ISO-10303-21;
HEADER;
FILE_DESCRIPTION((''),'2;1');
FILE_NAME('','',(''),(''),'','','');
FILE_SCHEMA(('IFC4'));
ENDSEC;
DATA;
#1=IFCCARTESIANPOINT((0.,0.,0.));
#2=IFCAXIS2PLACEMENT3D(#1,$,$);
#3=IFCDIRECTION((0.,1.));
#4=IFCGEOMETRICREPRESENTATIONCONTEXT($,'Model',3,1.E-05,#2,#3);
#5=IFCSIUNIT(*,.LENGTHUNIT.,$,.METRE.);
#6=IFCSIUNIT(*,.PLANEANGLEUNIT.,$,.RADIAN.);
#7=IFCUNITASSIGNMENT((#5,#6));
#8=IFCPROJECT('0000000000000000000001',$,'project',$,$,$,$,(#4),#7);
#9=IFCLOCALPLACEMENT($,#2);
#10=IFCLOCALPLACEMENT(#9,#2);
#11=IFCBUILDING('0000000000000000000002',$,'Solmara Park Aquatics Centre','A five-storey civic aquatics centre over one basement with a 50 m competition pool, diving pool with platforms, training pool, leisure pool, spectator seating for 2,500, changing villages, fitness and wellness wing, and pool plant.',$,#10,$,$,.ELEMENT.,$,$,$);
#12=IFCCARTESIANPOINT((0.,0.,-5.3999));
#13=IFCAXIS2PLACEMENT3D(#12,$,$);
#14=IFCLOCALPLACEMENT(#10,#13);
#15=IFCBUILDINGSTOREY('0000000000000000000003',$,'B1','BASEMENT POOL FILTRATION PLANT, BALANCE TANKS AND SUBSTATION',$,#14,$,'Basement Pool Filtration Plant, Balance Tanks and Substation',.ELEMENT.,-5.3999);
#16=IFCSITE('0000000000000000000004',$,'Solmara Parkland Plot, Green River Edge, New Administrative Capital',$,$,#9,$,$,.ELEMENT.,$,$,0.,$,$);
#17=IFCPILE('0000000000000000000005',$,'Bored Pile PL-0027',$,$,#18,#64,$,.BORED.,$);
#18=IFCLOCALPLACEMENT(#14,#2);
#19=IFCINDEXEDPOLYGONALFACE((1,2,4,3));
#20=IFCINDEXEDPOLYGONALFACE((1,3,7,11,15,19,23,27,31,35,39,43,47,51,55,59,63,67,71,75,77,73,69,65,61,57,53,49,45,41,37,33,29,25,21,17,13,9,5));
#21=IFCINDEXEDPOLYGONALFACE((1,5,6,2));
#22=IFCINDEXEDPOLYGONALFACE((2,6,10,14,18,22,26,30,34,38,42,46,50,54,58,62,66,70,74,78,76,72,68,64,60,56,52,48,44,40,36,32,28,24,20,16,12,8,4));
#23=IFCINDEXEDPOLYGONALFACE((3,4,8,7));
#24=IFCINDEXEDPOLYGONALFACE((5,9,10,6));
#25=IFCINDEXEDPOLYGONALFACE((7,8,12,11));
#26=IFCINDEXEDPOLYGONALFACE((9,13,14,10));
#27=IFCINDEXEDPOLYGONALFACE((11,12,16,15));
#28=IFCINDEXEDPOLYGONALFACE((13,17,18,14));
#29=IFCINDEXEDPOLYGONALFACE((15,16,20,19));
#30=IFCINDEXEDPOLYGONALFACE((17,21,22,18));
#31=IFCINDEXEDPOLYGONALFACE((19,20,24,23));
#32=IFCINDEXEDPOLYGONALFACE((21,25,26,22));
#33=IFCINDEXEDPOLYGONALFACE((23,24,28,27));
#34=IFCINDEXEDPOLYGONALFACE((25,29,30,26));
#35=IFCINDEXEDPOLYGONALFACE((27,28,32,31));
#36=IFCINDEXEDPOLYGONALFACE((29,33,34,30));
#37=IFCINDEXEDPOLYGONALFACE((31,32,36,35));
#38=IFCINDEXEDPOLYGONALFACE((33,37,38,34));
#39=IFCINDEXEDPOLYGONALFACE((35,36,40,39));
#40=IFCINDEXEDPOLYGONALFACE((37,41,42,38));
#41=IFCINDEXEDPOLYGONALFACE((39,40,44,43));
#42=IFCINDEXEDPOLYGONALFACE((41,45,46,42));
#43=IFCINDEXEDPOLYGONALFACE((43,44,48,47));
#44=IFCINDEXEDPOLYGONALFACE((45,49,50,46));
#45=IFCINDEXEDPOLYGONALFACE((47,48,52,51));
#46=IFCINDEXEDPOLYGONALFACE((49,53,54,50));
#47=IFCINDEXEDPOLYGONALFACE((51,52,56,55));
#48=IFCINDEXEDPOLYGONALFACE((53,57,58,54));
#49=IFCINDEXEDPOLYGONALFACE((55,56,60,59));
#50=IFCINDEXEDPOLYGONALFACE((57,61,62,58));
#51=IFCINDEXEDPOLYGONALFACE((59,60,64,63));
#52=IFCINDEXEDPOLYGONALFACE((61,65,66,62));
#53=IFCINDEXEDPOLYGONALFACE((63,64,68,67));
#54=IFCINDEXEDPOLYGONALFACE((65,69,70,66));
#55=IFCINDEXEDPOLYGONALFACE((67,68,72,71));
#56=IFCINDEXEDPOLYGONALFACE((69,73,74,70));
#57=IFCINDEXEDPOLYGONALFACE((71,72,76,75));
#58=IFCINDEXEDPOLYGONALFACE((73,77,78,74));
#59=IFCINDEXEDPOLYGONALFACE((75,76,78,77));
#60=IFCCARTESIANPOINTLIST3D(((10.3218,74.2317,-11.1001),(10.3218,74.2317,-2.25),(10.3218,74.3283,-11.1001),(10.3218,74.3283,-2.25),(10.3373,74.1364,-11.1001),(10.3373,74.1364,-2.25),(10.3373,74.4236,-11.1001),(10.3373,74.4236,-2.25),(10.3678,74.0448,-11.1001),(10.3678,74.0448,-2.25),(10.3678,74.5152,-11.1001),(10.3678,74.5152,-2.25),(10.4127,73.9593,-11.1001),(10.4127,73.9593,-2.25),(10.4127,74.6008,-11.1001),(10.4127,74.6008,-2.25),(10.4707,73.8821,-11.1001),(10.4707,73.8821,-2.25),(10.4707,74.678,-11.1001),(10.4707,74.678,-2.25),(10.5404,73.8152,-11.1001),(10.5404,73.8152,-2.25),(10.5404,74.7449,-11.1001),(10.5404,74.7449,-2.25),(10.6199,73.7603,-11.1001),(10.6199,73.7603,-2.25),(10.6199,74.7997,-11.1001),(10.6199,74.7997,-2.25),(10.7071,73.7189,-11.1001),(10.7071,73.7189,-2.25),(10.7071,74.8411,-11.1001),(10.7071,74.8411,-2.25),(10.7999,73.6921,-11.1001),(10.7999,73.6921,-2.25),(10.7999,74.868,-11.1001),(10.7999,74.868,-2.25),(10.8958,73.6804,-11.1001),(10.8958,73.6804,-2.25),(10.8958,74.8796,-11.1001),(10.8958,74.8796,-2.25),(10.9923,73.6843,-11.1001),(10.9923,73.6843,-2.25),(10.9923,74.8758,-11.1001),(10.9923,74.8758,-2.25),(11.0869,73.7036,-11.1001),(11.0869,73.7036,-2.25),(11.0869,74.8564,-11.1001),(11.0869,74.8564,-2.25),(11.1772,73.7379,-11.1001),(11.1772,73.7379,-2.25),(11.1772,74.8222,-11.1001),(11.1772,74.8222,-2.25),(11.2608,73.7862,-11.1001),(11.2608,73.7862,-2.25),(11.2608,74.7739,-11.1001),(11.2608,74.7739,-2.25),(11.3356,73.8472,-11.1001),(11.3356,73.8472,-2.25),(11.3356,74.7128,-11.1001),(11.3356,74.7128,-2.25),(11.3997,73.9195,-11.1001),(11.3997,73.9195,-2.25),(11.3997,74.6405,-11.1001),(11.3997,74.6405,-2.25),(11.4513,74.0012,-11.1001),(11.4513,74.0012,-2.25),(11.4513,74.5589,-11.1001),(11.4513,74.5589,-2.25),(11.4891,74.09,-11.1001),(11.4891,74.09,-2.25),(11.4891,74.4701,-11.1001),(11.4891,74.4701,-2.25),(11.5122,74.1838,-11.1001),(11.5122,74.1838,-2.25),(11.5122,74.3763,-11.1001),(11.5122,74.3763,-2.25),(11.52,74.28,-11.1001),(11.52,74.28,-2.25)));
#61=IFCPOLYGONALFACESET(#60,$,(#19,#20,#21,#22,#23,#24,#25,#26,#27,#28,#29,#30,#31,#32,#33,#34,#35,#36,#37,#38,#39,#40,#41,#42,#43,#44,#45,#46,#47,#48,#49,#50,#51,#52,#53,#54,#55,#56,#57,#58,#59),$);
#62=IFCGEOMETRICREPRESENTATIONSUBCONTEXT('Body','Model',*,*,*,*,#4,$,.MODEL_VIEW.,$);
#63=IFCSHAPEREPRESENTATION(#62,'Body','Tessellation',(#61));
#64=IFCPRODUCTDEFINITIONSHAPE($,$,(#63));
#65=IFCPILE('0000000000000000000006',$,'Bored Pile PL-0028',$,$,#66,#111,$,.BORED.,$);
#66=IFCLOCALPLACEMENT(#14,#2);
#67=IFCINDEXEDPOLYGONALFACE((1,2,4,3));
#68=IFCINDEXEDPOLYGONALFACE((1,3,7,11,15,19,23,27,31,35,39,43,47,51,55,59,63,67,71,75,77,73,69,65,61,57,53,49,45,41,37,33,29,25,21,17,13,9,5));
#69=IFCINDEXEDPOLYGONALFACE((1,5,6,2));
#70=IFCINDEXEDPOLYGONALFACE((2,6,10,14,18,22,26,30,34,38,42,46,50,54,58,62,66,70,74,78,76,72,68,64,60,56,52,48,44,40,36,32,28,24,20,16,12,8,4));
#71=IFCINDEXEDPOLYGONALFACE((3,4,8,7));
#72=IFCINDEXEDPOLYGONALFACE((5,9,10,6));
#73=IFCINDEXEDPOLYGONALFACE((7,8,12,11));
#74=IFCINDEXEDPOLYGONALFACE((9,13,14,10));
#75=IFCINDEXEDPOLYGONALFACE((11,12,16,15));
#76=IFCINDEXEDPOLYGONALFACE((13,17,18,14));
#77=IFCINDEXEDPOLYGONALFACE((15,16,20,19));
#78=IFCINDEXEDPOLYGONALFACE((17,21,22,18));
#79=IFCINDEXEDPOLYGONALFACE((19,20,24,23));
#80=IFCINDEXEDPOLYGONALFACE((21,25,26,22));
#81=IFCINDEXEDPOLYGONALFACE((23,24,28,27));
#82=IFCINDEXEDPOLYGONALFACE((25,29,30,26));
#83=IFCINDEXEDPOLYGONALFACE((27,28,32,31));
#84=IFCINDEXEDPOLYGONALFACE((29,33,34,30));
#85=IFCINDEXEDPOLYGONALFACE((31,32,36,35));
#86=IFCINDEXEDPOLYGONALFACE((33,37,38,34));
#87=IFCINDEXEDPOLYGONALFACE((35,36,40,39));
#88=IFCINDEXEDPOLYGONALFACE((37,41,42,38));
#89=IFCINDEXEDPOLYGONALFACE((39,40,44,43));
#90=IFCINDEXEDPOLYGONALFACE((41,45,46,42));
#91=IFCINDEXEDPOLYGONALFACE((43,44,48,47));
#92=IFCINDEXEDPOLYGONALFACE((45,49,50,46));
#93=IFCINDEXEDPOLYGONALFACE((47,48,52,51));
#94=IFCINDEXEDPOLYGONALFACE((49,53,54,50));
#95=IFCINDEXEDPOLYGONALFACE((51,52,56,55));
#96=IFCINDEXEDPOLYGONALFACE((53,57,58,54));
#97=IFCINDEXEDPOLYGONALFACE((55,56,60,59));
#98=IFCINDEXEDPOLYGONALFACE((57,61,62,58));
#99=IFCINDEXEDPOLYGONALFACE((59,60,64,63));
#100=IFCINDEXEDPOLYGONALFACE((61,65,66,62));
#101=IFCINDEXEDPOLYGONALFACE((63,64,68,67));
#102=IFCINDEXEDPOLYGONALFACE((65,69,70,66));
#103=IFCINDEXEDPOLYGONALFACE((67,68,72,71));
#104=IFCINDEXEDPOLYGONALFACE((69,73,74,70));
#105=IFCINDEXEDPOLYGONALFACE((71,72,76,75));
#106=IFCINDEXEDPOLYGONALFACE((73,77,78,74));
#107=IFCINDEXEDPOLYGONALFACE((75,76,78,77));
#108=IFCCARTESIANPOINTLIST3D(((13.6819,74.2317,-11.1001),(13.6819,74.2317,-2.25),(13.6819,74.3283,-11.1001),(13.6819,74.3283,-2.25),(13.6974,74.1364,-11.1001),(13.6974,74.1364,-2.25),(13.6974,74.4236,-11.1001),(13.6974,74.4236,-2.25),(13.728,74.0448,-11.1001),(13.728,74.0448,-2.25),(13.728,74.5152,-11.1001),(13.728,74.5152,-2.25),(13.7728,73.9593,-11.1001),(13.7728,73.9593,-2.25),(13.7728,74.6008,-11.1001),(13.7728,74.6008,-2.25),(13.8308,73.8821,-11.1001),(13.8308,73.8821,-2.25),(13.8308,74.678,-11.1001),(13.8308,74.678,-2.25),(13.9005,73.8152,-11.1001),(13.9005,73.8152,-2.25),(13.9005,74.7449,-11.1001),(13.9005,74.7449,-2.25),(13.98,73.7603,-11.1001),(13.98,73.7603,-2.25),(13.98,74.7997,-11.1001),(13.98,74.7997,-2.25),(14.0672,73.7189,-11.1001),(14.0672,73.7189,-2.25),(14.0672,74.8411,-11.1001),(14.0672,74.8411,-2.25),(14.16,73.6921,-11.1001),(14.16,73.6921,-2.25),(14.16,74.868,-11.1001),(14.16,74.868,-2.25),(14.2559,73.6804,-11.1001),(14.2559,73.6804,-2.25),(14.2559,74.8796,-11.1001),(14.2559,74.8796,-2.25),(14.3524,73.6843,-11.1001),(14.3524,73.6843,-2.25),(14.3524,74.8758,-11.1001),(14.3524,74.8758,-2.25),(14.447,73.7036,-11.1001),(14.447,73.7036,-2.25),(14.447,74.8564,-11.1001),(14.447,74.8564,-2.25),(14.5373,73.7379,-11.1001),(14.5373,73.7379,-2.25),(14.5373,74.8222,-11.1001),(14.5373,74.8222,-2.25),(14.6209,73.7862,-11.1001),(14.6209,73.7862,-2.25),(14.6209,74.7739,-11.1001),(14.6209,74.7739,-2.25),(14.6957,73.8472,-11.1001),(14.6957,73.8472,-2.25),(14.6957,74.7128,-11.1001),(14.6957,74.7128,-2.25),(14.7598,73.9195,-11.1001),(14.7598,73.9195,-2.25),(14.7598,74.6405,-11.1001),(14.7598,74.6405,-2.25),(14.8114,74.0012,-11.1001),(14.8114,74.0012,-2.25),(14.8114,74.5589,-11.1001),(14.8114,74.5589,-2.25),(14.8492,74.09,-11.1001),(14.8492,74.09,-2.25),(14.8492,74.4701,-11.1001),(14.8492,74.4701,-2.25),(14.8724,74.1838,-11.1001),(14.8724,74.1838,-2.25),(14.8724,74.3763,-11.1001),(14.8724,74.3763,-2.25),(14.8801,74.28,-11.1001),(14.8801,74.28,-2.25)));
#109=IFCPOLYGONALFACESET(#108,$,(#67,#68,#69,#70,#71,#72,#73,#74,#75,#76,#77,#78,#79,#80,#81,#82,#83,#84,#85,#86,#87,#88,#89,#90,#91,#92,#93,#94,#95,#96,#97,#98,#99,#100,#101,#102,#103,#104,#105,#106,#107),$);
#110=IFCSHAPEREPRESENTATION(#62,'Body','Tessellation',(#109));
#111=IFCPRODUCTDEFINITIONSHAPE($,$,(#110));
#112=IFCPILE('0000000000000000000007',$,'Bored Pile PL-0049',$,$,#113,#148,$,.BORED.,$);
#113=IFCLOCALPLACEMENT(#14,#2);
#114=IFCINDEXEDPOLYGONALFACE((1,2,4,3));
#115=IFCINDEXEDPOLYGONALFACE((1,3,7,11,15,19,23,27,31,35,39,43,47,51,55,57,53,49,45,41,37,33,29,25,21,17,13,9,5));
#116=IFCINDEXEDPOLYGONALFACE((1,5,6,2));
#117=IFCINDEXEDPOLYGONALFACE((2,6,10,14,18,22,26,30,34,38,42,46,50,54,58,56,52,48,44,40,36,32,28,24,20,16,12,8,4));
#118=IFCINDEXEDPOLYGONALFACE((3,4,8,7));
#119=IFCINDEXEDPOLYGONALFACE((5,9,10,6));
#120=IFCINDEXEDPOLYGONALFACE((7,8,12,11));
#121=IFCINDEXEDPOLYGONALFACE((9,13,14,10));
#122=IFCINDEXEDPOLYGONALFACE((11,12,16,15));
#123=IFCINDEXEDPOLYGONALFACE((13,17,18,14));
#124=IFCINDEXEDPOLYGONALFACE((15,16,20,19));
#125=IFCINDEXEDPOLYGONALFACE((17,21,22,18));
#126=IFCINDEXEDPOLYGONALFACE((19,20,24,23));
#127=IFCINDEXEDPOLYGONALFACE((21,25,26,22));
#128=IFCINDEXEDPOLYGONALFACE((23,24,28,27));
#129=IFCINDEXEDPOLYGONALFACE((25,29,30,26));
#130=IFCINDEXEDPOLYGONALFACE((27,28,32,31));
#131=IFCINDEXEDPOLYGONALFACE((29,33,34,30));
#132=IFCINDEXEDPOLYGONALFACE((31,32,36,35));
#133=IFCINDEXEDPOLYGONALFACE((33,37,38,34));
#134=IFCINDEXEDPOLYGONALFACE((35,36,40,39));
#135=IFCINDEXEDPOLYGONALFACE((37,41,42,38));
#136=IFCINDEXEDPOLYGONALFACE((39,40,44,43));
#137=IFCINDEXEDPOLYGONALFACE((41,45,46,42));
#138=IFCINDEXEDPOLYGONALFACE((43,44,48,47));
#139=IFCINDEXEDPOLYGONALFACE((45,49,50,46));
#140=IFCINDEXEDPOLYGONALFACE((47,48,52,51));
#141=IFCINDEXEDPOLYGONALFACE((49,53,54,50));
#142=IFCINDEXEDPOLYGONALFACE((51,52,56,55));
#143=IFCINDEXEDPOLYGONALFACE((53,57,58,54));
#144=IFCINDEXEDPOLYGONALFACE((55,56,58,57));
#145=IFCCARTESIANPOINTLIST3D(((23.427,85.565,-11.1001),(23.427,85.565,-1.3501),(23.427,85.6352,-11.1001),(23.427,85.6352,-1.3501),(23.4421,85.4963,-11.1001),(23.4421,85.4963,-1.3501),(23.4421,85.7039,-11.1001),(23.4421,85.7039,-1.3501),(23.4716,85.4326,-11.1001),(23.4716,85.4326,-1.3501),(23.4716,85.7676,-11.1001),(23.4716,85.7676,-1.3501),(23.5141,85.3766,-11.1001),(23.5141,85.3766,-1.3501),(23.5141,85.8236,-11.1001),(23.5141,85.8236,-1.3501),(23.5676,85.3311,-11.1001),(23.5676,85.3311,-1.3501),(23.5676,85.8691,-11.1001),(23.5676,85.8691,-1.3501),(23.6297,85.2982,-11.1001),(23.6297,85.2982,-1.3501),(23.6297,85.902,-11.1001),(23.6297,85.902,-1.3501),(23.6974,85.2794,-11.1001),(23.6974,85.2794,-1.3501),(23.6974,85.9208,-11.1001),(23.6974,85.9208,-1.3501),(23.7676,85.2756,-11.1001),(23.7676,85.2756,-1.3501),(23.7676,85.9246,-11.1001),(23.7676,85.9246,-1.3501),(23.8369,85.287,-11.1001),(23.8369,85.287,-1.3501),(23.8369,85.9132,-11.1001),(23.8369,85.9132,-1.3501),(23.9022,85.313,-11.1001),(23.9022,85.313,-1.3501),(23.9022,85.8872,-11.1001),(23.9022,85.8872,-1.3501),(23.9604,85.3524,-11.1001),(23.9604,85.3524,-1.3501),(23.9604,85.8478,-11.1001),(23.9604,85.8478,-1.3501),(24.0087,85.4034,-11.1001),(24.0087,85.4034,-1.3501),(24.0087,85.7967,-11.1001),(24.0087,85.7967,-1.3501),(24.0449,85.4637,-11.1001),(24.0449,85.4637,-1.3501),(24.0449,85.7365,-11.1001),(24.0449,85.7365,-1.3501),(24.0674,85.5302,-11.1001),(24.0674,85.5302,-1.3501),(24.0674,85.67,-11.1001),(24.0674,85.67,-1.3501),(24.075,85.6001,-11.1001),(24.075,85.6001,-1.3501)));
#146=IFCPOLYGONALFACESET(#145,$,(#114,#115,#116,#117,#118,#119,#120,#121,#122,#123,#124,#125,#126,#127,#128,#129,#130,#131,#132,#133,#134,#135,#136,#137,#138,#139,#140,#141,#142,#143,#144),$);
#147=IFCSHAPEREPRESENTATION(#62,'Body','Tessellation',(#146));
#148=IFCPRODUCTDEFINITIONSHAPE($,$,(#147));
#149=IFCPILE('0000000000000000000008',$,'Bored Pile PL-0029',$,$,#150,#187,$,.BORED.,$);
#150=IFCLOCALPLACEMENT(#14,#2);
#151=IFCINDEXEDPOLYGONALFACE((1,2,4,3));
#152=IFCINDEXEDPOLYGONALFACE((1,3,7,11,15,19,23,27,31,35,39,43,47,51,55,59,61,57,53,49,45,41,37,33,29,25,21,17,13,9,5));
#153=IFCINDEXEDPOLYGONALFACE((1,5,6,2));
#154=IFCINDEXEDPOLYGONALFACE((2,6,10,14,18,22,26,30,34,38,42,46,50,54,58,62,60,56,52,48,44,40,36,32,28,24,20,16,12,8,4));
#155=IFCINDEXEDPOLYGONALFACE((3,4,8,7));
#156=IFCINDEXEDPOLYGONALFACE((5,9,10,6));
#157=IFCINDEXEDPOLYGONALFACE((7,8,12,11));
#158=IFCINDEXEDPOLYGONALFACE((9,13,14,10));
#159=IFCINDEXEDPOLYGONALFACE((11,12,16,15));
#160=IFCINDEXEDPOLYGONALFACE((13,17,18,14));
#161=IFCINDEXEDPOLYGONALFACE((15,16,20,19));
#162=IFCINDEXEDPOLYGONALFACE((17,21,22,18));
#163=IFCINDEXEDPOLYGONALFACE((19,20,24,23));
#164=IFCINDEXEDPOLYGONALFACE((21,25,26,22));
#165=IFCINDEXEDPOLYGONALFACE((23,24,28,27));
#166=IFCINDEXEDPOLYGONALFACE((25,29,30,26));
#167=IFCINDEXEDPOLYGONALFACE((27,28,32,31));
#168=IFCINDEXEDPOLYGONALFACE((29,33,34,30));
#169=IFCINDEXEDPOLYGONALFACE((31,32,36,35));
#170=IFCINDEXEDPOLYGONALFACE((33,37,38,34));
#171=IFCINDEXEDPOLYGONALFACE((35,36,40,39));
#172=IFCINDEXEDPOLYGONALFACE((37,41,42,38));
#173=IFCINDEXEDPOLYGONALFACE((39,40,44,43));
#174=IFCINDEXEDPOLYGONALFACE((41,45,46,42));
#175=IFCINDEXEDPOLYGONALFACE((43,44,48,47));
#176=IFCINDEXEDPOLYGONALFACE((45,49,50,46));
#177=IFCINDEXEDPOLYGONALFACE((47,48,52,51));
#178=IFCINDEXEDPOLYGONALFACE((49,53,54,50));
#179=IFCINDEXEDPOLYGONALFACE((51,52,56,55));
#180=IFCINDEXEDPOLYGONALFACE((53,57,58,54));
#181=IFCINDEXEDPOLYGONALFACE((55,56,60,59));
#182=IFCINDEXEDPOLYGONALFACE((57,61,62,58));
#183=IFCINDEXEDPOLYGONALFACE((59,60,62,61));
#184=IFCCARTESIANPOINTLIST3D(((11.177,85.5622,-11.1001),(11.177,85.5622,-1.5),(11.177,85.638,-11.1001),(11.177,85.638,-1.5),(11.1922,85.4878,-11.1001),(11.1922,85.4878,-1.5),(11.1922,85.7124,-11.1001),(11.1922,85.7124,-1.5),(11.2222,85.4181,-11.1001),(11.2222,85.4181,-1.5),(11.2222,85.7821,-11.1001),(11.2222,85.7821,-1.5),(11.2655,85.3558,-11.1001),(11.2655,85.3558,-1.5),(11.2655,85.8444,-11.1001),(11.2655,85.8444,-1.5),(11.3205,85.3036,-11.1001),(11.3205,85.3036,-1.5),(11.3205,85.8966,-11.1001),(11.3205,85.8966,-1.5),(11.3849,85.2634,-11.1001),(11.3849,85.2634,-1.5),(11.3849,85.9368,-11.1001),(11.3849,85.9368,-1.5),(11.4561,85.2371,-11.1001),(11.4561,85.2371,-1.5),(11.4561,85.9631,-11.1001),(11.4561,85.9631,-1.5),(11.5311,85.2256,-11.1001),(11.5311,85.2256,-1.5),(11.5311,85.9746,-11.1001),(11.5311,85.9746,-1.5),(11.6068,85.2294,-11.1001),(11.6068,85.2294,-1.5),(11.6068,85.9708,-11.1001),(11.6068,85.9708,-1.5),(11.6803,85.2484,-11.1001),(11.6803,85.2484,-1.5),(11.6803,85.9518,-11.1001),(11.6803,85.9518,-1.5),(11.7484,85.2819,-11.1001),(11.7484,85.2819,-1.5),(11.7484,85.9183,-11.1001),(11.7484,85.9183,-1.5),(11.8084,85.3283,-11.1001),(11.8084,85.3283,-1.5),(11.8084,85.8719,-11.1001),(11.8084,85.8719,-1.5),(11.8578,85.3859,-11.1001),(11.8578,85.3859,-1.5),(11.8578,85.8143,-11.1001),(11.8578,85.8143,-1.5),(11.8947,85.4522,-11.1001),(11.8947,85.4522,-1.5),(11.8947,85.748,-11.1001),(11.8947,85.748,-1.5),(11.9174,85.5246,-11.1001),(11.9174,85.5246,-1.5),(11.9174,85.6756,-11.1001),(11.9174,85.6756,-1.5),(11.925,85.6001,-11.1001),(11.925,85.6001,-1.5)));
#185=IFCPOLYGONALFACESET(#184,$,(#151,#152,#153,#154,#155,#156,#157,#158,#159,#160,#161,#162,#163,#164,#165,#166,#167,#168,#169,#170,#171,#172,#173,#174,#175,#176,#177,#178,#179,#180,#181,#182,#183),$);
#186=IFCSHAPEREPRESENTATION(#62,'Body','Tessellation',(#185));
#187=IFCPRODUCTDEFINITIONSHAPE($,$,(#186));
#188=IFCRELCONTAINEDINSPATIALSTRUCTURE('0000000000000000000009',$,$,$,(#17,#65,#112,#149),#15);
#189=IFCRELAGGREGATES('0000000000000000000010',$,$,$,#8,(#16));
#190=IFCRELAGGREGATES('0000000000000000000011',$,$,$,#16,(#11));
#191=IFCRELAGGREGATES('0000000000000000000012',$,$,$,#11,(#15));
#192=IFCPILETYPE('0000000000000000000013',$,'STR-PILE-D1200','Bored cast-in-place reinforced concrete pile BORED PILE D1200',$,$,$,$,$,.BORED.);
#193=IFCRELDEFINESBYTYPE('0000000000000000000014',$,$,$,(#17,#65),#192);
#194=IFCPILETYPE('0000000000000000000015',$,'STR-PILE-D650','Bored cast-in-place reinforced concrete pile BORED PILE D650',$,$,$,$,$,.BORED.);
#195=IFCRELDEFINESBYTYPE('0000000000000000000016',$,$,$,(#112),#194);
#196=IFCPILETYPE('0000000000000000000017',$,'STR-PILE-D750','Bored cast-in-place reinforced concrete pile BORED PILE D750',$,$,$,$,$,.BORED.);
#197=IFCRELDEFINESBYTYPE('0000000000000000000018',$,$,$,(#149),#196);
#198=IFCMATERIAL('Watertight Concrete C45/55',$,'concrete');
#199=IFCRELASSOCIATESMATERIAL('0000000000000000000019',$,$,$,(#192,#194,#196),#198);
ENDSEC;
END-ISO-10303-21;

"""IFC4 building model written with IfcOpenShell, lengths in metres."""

from ifc_helpers import new_model, si_unit, direction, frame, origin, origin_2d, place, context, subcontext, project, spatial, circle, extrude, material, material_profile, profile_set, type_object, element, save


model = new_model("IFC4")

# Units and contexts
model_context = context("Model", 3, precision=1e-05, world=origin(), true_north=direction((0.0, 1.0)))
body_context = subcontext(model_context, "Body", "Model", "MODEL_VIEW")
ifc_project = project(units=[si_unit("LENGTHUNIT", "METRE"), si_unit("PLANEANGLEUNIT", "RADIAN")], contexts=[model_context])

# Site, building, storey
site_placement = place(None, origin())
site = spatial("IfcSite", under=ifc_project, at=site_placement, Name="Solmara Parkland Plot, Green River Edge, New Administrative Capital", CompositionType="ELEMENT", RefElevation=0.0)
building_placement = place(site_placement, origin())
building = spatial("IfcBuilding", under=site, at=building_placement, Name="Solmara Park Aquatics Centre", Description="A five-storey civic aquatics centre over one basement with a 50 m competition pool, diving pool with platforms, training pool, leisure pool, spectator seating for 2,500, changing villages, fitness and wellness wing, and pool plant.", CompositionType="ELEMENT")
storey_placement = place(building_placement, frame((0.0, 0.0, -5.3999)))
storey = spatial("IfcBuildingStorey", under=building, at=storey_placement, Name="B1", Description="BASEMENT POOL FILTRATION PLANT, BALANCE TANKS AND SUBSTATION", LongName="Basement Pool Filtration Plant, Balance Tanks and Substation", CompositionType="ELEMENT", Elevation=-5.3999)

# Shared definitions
ifc_material_1 = material(Name="Watertight Concrete C45/55", Category="concrete")

# Piles
ifc_material_profile_1 = material_profile(ifc_material_1, circle(Radius=0.6001, at=origin_2d()), Name="BORED PILE D1200")
ifc_profile_set_1 = profile_set([ifc_material_profile_1], Name="Watertight Concrete C45/55")
pile_type_1 = type_object("IfcPileType", Name="STR-PILE-D1200", Description="Bored cast-in-place reinforced concrete pile BORED PILE D1200", PredefinedType="BORED", material=ifc_profile_set_1)
for number, where, z_axis, x_axis, name in (
    (1, (10.9199, 74.28, -2.25), (0.0, 0.0, -1.0), (1.0, 0.0, 0.0), "Bored Pile PL-0027"),
    (2, (14.28, 74.28, -2.25), (0.0, 0.0, -1.0), (1.0, 0.0, 0.0), "Bored Pile PL-0028"),
):
    element("IfcPile", number, at=place(storey_placement, frame(where, z_axis=z_axis, x_axis=x_axis)), inside=storey, type_object=pile_type_1, Name=name, PredefinedType="BORED", context=body_context, shape_type="SweptSolid", body=[
        extrude(circle(Radius=0.6001, at=origin_2d()), origin(), (0.0, 0.0, 1.0), 8.8501),
    ])
ifc_material_profile_2 = material_profile(ifc_material_1, circle(Radius=0.325, at=origin_2d()), Name="BORED PILE D650")
ifc_profile_set_2 = profile_set([ifc_material_profile_2], Name="Watertight Concrete C45/55")
pile_type_2 = type_object("IfcPileType", Name="STR-PILE-D650", Description="Bored cast-in-place reinforced concrete pile BORED PILE D650", PredefinedType="BORED", material=ifc_profile_set_2)
pile_placement = place(storey_placement, frame((23.75, 85.6001, -1.3501), z_axis=(0.0, 0.0, -1.0), x_axis=(1.0, 0.0, 0.0)))
element("IfcPile", 3, at=pile_placement, inside=storey, type_object=pile_type_2, Name="Bored Pile PL-0049", PredefinedType="BORED", context=body_context, shape_type="SweptSolid", body=[
    extrude(circle(Radius=0.325, at=origin_2d()), origin(), (0.0, 0.0, 1.0), 9.75),
])
ifc_material_profile_3 = material_profile(ifc_material_1, circle(Radius=0.375, at=origin_2d()), Name="BORED PILE D750")
ifc_profile_set_3 = profile_set([ifc_material_profile_3], Name="Watertight Concrete C45/55")
pile_type_3 = type_object("IfcPileType", Name="STR-PILE-D750", Description="Bored cast-in-place reinforced concrete pile BORED PILE D750", PredefinedType="BORED", material=ifc_profile_set_3)
for number, where, z_axis, x_axis, name in (
    (4, (11.55, 85.6001, -1.5), (0.0, 0.0, -1.0), (1.0, 0.0, 0.0), "Bored Pile PL-0029"),
):
    element("IfcPile", number, at=place(storey_placement, frame(where, z_axis=z_axis, x_axis=x_axis)), inside=storey, type_object=pile_type_3, Name=name, PredefinedType="BORED", context=body_context, shape_type="SweptSolid", body=[
        extrude(circle(Radius=0.375, at=origin_2d()), origin(), (0.0, 0.0, 1.0), 9.6001),
    ])

save(model, "model.ifc")
